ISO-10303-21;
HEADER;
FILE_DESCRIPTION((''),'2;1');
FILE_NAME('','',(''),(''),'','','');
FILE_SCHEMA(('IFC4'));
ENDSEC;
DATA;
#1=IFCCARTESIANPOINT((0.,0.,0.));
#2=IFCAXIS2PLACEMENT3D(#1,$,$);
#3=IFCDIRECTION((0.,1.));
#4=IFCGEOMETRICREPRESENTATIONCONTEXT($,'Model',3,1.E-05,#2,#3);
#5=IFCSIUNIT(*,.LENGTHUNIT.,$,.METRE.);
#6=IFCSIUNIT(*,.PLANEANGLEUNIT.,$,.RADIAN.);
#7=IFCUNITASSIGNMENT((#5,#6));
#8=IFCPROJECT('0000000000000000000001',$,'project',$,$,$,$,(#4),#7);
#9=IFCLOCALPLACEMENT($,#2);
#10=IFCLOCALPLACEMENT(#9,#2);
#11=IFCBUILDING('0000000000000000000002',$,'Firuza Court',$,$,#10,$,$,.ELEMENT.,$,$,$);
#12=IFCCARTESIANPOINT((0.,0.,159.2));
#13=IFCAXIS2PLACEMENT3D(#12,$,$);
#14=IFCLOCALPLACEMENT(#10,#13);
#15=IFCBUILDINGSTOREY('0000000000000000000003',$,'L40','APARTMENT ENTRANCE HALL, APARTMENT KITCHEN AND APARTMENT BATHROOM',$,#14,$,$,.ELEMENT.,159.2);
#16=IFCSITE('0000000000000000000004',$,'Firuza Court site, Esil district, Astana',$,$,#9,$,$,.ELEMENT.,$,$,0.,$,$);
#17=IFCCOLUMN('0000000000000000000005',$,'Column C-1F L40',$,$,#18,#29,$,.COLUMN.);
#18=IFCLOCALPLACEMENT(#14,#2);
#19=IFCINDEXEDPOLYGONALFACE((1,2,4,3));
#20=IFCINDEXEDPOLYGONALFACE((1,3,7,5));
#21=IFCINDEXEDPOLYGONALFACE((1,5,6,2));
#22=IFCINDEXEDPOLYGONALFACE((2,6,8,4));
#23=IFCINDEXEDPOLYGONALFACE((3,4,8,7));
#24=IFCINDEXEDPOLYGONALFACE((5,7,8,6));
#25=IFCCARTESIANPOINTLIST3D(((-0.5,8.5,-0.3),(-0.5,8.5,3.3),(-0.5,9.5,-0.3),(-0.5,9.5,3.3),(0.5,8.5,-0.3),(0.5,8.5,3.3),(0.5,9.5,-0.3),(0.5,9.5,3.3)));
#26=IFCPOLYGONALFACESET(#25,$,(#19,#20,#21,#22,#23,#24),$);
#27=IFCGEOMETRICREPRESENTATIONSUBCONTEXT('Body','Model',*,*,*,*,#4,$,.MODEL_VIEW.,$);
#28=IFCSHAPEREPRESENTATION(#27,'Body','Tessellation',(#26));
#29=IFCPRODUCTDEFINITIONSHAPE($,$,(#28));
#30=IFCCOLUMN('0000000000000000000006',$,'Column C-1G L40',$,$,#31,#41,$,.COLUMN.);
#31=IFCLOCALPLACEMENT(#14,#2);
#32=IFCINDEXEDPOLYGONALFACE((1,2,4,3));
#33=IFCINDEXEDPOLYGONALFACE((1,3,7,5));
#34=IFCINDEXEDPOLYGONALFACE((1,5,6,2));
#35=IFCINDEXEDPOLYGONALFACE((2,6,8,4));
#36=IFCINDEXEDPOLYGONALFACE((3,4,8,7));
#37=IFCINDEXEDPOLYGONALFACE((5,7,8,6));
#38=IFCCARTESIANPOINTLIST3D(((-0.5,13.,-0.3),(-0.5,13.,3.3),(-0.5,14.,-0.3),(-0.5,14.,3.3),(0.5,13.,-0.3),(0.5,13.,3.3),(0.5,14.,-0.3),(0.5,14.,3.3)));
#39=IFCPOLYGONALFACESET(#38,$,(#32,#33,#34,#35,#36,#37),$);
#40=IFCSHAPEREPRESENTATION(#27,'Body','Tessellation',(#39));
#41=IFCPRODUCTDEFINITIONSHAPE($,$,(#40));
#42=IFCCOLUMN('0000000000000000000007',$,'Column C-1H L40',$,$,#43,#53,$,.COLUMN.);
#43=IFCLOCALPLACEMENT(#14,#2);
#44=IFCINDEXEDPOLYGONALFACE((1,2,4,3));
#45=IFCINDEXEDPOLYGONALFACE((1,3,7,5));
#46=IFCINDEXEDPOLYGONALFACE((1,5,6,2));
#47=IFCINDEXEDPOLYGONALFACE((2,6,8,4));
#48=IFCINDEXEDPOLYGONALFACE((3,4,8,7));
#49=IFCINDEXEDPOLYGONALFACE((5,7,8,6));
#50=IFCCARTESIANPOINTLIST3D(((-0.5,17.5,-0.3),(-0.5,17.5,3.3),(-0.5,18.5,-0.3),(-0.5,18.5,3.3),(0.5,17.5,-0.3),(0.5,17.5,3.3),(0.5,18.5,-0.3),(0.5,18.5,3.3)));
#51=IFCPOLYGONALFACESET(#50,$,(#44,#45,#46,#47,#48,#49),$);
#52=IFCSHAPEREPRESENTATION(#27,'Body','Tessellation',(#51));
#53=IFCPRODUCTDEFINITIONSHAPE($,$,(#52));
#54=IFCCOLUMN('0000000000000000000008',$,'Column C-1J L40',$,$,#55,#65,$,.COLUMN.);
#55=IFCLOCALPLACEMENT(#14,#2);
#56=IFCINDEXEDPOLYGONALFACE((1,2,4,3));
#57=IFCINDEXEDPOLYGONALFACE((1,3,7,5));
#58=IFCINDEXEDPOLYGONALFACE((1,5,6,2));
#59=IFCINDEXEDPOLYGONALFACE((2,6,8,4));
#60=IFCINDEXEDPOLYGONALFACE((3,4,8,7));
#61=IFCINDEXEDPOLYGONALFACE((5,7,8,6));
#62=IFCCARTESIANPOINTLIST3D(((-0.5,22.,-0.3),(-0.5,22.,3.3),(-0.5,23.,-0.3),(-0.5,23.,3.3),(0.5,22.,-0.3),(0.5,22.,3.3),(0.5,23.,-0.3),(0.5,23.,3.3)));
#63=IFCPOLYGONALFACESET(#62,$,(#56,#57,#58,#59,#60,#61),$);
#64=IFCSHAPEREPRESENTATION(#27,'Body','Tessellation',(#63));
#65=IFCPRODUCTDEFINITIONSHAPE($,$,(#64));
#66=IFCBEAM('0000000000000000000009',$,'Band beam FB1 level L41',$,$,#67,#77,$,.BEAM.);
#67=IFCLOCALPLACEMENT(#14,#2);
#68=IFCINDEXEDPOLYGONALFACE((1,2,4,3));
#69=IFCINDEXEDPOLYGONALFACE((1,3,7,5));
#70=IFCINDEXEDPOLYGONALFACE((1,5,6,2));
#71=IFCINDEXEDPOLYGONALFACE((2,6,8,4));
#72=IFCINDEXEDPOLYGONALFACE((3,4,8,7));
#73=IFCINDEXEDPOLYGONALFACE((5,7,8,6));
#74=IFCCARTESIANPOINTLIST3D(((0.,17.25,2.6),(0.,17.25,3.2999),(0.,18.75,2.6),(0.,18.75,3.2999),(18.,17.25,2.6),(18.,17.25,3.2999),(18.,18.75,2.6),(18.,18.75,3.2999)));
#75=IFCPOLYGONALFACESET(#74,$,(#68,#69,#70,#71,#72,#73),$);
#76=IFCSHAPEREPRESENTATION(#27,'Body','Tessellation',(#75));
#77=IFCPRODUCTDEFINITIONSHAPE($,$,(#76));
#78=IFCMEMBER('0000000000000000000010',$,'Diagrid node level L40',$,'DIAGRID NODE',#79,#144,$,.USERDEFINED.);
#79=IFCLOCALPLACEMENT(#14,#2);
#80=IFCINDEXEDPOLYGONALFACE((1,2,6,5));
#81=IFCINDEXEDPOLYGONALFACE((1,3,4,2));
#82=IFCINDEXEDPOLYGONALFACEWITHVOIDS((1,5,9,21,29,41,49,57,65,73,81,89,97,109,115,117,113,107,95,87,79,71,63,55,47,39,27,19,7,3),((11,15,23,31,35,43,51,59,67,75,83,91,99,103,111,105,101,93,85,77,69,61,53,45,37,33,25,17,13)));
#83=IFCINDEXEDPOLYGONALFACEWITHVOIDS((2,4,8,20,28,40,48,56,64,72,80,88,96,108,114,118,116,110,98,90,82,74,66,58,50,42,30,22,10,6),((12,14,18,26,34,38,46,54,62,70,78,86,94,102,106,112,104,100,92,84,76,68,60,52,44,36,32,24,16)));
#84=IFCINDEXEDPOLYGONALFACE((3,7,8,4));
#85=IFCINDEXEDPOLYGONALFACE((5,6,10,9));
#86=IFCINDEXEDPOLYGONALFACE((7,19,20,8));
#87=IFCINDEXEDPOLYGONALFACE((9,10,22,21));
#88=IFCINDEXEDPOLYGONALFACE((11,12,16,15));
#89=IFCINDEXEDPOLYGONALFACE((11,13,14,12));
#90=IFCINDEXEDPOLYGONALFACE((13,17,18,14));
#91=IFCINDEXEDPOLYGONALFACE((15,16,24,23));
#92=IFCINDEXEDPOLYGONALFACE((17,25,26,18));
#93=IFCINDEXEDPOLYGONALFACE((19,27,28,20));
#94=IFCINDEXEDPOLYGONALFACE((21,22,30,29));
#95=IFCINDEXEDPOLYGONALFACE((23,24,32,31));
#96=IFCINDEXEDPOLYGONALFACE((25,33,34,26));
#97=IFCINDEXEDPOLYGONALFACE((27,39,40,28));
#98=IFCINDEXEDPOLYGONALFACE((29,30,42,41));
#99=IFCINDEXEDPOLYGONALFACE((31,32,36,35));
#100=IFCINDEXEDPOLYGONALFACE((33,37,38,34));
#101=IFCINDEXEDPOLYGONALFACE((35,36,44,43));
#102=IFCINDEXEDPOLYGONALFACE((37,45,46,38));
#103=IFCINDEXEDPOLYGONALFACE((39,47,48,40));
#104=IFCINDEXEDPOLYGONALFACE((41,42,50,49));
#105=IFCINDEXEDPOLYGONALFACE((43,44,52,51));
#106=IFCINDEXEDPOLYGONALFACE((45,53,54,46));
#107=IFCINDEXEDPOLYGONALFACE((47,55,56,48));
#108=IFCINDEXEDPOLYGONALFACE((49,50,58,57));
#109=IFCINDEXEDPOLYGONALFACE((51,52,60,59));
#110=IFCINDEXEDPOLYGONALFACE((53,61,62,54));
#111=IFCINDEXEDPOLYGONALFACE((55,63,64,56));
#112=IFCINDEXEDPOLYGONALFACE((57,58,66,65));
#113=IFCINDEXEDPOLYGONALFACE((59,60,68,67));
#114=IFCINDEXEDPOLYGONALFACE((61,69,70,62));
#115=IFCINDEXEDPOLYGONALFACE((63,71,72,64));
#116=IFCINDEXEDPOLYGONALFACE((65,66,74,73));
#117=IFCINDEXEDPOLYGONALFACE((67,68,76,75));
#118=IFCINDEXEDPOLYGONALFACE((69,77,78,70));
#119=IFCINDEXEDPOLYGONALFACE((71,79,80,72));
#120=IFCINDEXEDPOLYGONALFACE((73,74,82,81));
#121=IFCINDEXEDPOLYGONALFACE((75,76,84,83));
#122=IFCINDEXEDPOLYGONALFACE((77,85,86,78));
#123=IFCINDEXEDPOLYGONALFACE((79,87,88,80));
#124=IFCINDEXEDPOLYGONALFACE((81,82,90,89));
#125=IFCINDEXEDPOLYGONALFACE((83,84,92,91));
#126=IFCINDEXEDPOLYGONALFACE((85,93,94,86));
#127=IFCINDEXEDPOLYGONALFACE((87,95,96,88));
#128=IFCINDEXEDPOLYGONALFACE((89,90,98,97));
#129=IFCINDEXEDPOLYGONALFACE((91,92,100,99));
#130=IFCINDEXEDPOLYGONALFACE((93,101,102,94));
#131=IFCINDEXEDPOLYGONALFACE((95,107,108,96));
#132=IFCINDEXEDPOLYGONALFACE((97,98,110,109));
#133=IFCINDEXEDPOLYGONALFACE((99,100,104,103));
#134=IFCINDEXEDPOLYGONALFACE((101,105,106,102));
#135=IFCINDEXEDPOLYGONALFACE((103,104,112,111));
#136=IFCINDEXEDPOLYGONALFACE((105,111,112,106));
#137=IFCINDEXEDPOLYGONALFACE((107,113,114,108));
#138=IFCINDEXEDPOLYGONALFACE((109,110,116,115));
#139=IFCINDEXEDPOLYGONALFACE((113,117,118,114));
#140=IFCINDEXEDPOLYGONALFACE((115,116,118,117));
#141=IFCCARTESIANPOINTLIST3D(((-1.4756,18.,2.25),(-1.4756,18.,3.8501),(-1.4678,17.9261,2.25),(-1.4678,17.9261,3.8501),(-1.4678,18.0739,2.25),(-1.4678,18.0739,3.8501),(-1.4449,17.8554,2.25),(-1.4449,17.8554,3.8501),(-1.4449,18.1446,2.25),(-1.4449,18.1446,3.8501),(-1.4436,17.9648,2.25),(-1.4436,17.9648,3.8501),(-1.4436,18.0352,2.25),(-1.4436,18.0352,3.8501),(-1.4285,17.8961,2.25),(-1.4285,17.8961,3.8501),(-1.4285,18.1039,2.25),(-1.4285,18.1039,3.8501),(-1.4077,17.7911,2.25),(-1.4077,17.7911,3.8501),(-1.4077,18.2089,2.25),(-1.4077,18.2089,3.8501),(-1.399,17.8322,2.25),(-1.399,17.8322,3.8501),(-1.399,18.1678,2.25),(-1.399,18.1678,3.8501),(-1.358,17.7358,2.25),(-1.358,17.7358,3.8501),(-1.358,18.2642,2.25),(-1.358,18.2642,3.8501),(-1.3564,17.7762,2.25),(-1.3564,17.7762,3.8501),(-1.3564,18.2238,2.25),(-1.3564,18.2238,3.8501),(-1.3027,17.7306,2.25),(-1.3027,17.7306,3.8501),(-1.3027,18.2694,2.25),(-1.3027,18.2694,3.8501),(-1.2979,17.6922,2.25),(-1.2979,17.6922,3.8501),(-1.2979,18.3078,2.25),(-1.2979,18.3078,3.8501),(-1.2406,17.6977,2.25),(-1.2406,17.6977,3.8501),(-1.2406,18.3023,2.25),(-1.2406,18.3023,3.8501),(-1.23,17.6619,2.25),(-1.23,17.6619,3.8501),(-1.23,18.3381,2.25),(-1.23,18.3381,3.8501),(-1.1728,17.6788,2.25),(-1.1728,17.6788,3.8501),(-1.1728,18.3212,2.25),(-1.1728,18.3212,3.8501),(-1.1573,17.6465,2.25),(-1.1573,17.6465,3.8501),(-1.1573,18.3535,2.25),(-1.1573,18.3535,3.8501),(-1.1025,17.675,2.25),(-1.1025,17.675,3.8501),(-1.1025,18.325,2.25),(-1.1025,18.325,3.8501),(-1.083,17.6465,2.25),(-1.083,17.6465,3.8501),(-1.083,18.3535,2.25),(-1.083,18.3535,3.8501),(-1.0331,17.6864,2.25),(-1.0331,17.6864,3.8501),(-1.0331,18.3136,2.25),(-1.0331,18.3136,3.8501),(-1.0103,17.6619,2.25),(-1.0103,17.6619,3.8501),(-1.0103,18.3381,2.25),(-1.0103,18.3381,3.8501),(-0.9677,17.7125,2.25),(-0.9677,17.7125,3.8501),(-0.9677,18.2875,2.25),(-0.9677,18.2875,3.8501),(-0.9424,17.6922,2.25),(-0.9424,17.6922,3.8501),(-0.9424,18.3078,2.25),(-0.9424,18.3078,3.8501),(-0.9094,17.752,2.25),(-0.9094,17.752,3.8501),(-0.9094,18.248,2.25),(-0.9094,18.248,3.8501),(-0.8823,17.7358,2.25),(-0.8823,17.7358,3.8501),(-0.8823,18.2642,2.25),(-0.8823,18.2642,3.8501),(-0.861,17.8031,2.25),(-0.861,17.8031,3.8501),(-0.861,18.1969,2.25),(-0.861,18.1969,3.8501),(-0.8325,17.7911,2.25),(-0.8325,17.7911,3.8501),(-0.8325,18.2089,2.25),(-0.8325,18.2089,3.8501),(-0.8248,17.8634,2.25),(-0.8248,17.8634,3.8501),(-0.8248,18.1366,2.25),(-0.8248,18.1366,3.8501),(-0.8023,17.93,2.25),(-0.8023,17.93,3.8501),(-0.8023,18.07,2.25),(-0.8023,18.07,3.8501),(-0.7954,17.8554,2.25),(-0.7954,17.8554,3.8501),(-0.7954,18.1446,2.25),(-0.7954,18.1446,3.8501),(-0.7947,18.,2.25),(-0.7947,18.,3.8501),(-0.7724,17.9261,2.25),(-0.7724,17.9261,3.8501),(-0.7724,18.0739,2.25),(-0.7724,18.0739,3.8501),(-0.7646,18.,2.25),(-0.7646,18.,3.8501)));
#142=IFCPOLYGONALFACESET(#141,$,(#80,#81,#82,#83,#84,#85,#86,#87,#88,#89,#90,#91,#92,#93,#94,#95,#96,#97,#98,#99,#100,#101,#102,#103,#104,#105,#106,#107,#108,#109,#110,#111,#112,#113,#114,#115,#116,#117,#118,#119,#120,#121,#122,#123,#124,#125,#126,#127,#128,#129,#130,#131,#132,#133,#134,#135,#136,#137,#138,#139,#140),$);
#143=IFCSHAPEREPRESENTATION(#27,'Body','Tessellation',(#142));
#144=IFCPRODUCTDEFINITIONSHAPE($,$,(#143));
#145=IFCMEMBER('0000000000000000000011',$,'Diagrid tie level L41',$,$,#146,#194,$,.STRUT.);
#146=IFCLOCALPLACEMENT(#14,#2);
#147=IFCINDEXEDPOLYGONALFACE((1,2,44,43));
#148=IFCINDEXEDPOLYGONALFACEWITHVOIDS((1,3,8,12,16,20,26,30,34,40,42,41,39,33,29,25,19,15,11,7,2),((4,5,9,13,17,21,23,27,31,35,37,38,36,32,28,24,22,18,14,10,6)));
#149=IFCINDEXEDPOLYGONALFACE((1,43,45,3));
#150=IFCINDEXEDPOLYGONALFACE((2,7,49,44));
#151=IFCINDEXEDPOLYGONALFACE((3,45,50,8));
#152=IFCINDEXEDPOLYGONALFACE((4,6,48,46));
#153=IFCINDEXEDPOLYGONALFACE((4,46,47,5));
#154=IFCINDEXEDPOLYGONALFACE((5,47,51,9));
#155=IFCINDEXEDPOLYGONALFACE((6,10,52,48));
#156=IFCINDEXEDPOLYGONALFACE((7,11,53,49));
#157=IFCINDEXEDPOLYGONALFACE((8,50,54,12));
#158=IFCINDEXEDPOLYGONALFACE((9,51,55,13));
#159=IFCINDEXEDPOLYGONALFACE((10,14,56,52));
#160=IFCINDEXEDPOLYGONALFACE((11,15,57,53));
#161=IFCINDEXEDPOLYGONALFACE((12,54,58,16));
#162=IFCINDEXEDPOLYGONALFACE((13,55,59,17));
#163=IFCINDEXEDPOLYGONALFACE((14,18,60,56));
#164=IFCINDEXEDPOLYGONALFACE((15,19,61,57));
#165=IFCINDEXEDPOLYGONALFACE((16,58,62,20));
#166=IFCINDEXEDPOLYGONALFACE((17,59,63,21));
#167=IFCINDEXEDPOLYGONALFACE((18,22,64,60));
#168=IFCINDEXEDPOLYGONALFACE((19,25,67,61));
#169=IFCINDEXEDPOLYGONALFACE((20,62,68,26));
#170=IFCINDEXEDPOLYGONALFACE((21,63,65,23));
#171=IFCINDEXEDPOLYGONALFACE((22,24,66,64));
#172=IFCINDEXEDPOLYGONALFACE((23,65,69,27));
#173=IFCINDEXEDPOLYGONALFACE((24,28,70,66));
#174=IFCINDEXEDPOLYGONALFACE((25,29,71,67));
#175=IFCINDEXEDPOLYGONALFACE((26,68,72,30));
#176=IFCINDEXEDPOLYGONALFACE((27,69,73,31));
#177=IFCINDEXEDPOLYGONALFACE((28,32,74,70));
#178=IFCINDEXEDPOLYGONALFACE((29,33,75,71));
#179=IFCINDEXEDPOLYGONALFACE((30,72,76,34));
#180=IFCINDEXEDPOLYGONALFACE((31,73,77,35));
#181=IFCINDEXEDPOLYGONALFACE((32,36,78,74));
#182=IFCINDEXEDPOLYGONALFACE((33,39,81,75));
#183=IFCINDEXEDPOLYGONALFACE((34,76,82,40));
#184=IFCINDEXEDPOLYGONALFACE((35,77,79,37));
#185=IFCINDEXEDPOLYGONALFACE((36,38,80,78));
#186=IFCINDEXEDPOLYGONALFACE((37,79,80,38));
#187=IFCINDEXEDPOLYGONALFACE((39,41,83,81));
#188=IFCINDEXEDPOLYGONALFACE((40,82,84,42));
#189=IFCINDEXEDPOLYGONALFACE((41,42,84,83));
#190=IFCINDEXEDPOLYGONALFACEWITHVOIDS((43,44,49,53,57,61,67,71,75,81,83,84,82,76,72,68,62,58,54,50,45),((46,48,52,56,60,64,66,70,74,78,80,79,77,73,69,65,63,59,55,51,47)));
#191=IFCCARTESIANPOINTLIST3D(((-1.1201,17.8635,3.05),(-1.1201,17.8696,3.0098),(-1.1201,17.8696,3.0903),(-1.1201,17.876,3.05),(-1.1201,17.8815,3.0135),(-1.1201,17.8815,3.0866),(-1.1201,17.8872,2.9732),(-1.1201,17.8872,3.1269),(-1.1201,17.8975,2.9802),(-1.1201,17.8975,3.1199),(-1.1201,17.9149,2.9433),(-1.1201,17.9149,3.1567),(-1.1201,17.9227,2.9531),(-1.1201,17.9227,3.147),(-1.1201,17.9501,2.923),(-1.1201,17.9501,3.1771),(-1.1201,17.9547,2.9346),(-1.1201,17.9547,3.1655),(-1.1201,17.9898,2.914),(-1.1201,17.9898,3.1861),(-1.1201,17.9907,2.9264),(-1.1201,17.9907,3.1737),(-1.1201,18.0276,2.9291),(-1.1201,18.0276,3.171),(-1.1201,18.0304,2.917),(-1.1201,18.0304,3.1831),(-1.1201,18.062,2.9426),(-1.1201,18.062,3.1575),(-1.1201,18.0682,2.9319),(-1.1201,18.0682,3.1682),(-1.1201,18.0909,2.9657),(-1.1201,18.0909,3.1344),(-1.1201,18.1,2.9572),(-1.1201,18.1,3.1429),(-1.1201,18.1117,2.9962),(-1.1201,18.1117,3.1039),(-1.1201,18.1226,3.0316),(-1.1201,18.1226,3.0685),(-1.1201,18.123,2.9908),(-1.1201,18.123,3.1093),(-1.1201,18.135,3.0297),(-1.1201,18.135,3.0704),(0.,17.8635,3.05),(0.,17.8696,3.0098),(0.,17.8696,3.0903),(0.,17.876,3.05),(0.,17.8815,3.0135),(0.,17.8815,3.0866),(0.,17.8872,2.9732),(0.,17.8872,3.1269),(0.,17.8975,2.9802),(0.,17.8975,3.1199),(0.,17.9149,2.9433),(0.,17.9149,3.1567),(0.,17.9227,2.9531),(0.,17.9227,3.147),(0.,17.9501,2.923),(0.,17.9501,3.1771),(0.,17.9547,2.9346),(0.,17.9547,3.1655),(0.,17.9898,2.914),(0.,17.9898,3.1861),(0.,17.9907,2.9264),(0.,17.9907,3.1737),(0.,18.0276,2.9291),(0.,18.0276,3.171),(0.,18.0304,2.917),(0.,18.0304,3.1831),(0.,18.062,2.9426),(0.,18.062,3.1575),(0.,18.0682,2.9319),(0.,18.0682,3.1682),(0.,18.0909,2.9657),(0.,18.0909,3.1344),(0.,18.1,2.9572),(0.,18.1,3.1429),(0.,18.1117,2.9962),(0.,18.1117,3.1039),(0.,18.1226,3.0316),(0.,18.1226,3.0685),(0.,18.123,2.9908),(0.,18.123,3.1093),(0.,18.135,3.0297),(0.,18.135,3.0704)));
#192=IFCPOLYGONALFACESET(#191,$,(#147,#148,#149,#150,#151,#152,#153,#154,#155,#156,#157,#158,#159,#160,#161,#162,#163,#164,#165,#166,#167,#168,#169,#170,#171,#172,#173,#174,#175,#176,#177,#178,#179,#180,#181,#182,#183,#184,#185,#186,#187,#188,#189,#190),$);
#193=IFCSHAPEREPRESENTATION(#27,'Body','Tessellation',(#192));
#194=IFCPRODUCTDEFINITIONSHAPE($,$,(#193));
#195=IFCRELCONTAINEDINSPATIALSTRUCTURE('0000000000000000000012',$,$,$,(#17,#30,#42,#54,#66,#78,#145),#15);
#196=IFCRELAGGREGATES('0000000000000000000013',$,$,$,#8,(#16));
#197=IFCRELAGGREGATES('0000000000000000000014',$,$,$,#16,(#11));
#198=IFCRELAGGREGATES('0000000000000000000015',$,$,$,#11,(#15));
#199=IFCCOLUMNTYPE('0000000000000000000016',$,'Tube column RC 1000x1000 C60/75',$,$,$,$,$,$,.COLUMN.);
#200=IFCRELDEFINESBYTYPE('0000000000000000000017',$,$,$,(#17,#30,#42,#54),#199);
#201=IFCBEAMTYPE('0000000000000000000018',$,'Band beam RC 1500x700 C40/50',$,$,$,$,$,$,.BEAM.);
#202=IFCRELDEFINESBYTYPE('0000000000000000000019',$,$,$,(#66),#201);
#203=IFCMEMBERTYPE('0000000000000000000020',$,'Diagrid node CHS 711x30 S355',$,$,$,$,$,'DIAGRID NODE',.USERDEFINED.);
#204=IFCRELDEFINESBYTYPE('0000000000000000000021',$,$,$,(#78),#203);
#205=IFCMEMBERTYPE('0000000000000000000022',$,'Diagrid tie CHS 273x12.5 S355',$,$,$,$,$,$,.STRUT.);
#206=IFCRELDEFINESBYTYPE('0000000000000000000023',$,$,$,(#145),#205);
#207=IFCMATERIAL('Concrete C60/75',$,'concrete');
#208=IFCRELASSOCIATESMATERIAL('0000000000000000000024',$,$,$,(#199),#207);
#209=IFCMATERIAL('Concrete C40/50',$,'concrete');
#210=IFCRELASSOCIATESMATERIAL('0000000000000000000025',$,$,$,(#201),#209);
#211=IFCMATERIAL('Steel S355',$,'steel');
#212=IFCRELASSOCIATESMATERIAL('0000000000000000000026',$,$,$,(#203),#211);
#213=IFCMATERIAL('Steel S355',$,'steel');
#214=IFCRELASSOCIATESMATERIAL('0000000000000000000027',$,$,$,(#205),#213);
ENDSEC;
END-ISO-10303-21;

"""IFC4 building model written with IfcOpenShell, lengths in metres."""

from ifc_helpers import new_model, si_unit, direction, frame, origin, origin_2d, place, context, subcontext, project, spatial, rectangle, hollow_circle, extrude, material, material_profile, profile_set, type_object, element, save


model = new_model("IFC4")

# Units and contexts
model_context = context("Model", 3, precision=1e-05, world=origin(), true_north=direction((0.0, 1.0)))
body_context = subcontext(model_context, "Body", "Model", "MODEL_VIEW")
ifc_project = project(units=[si_unit("LENGTHUNIT", "METRE"), si_unit("PLANEANGLEUNIT", "RADIAN")], contexts=[model_context])

# Site, building, storey
site_placement = place(None, origin())
site = spatial("IfcSite", under=ifc_project, at=site_placement, Name="Firuza Court site, Esil district, Astana", CompositionType="ELEMENT", RefElevation=0.0)
building_placement = place(site_placement, origin())
building = spatial("IfcBuilding", under=site, at=building_placement, Name="Firuza Court", CompositionType="ELEMENT")
storey_placement = place(building_placement, frame((0.0, 0.0, 159.2)))
storey = spatial("IfcBuildingStorey", under=building, at=storey_placement, Name="L40", Description="APARTMENT ENTRANCE HALL, APARTMENT KITCHEN AND APARTMENT BATHROOM", CompositionType="ELEMENT", Elevation=159.2)

# Columns
ifc_material_1 = material(Name="Concrete C60/75", Category="concrete")
ifc_material_profile_1 = material_profile(ifc_material_1, rectangle(XDim=1.0, YDim=1.0, at=origin_2d()), Name="RC 1000x1000")
ifc_profile_set_1 = profile_set([ifc_material_profile_1], Name="Concrete C60/75")
column_type = type_object("IfcColumnType", Name="Tube column RC 1000x1000 C60/75", PredefinedType="COLUMN", material=ifc_profile_set_1)
for number, where, z_axis, x_axis, name in (
    (1, (0.0, 9.0, -0.3), (0.0, 0.0, 1.0), (1.0, 0.0, 0.0), "Column C-1F L40"),
    (2, (0.0, 13.5, -0.3), (0.0, 0.0, 1.0), (1.0, 0.0, 0.0), "Column C-1G L40"),
    (3, (0.0, 18.0, -0.3), (0.0, 0.0, 1.0), (1.0, 0.0, 0.0), "Column C-1H L40"),
    (4, (0.0, 22.5, -0.3), (0.0, 0.0, 1.0), (1.0, 0.0, 0.0), "Column C-1J L40"),
):
    element("IfcColumn", number, at=place(storey_placement, frame(where, z_axis=z_axis, x_axis=x_axis)), inside=storey, type_object=column_type, Name=name, PredefinedType="COLUMN", context=body_context, shape_type="SweptSolid", body=[
        extrude(rectangle(XDim=1.0, YDim=1.0, at=origin_2d()), origin(), (0.0, 0.0, 1.0), 3.6001),
    ])

# Beam
ifc_material_2 = material(Name="Concrete C40/50", Category="concrete")
ifc_material_profile_2 = material_profile(ifc_material_2, rectangle(XDim=1.5, YDim=0.7, at=origin_2d()), Name="RC 1500x700")
ifc_profile_set_2 = profile_set([ifc_material_profile_2], Name="Concrete C40/50")
beam_type_1 = type_object("IfcBeamType", Name="Band beam RC 1500x700 C40/50", PredefinedType="BEAM", material=ifc_profile_set_2)
beam_placement = place(storey_placement, frame((0.0, 18.0, 2.95), z_axis=(1.0, 0.0, 0.0), x_axis=(0.0, 1.0, 0.0)))
element("IfcBeam", 5, at=beam_placement, inside=storey, type_object=beam_type_1, Name="Band beam FB1 level L41", PredefinedType="BEAM", context=body_context, shape_type="SweptSolid", body=[
    extrude(rectangle(XDim=1.5, YDim=0.7, at=origin_2d()), origin(), (0.0, 0.0, 1.0), 18.0),
])

# Members
ifc_material_3 = material(Name="Steel S355", Category="steel")
ifc_material_profile_3 = material_profile(ifc_material_3, hollow_circle(Radius=0.3555, WallThickness=0.03, at=origin_2d()), Name="CHS 711x30")
ifc_profile_set_3 = profile_set([ifc_material_profile_3], Name="Steel S355")
member_type_1 = type_object("IfcMemberType", Name="Diagrid node CHS 711x30 S355", ElementType="DIAGRID NODE", PredefinedType="USERDEFINED", material=ifc_profile_set_3)
member_1_placement = place(storey_placement, frame((-1.1201, 18.0, 2.25), z_axis=(0.0, 0.0, 1.0), x_axis=(1.0, 0.0, 0.0)))
element("IfcMember", 6, at=member_1_placement, inside=storey, type_object=member_type_1, Name="Diagrid node level L40", ObjectType="DIAGRID NODE", PredefinedType="USERDEFINED", context=body_context, shape_type="SweptSolid", body=[
    extrude(hollow_circle(Radius=0.3555, WallThickness=0.03, at=origin_2d()), origin(), (0.0, 0.0, 1.0), 1.6001),
])
ifc_material_4 = material(Name="Steel S355", Category="steel")
ifc_material_profile_4 = material_profile(ifc_material_4, hollow_circle(Radius=0.1365, WallThickness=0.0125, at=origin_2d()), Name="CHS 273x12.5")
ifc_profile_set_4 = profile_set([ifc_material_profile_4], Name="Steel S355")
member_type_2 = type_object("IfcMemberType", Name="Diagrid tie CHS 273x12.5 S355", PredefinedType="STRUT", material=ifc_profile_set_4)
member_2_placement = place(storey_placement, frame((0.0, 18.0, 3.05), z_axis=(-1.0, 0.0, 0.0), x_axis=(0.0, -1.0, 0.0)))
element("IfcMember", 7, at=member_2_placement, inside=storey, type_object=member_type_2, Name="Diagrid tie level L41", PredefinedType="STRUT", context=body_context, shape_type="SweptSolid", body=[
    extrude(hollow_circle(Radius=0.1365, WallThickness=0.0125, at=origin_2d()), origin(), (0.0, 0.0, 1.0), 1.1201),
])

save(model, "model.ifc")
